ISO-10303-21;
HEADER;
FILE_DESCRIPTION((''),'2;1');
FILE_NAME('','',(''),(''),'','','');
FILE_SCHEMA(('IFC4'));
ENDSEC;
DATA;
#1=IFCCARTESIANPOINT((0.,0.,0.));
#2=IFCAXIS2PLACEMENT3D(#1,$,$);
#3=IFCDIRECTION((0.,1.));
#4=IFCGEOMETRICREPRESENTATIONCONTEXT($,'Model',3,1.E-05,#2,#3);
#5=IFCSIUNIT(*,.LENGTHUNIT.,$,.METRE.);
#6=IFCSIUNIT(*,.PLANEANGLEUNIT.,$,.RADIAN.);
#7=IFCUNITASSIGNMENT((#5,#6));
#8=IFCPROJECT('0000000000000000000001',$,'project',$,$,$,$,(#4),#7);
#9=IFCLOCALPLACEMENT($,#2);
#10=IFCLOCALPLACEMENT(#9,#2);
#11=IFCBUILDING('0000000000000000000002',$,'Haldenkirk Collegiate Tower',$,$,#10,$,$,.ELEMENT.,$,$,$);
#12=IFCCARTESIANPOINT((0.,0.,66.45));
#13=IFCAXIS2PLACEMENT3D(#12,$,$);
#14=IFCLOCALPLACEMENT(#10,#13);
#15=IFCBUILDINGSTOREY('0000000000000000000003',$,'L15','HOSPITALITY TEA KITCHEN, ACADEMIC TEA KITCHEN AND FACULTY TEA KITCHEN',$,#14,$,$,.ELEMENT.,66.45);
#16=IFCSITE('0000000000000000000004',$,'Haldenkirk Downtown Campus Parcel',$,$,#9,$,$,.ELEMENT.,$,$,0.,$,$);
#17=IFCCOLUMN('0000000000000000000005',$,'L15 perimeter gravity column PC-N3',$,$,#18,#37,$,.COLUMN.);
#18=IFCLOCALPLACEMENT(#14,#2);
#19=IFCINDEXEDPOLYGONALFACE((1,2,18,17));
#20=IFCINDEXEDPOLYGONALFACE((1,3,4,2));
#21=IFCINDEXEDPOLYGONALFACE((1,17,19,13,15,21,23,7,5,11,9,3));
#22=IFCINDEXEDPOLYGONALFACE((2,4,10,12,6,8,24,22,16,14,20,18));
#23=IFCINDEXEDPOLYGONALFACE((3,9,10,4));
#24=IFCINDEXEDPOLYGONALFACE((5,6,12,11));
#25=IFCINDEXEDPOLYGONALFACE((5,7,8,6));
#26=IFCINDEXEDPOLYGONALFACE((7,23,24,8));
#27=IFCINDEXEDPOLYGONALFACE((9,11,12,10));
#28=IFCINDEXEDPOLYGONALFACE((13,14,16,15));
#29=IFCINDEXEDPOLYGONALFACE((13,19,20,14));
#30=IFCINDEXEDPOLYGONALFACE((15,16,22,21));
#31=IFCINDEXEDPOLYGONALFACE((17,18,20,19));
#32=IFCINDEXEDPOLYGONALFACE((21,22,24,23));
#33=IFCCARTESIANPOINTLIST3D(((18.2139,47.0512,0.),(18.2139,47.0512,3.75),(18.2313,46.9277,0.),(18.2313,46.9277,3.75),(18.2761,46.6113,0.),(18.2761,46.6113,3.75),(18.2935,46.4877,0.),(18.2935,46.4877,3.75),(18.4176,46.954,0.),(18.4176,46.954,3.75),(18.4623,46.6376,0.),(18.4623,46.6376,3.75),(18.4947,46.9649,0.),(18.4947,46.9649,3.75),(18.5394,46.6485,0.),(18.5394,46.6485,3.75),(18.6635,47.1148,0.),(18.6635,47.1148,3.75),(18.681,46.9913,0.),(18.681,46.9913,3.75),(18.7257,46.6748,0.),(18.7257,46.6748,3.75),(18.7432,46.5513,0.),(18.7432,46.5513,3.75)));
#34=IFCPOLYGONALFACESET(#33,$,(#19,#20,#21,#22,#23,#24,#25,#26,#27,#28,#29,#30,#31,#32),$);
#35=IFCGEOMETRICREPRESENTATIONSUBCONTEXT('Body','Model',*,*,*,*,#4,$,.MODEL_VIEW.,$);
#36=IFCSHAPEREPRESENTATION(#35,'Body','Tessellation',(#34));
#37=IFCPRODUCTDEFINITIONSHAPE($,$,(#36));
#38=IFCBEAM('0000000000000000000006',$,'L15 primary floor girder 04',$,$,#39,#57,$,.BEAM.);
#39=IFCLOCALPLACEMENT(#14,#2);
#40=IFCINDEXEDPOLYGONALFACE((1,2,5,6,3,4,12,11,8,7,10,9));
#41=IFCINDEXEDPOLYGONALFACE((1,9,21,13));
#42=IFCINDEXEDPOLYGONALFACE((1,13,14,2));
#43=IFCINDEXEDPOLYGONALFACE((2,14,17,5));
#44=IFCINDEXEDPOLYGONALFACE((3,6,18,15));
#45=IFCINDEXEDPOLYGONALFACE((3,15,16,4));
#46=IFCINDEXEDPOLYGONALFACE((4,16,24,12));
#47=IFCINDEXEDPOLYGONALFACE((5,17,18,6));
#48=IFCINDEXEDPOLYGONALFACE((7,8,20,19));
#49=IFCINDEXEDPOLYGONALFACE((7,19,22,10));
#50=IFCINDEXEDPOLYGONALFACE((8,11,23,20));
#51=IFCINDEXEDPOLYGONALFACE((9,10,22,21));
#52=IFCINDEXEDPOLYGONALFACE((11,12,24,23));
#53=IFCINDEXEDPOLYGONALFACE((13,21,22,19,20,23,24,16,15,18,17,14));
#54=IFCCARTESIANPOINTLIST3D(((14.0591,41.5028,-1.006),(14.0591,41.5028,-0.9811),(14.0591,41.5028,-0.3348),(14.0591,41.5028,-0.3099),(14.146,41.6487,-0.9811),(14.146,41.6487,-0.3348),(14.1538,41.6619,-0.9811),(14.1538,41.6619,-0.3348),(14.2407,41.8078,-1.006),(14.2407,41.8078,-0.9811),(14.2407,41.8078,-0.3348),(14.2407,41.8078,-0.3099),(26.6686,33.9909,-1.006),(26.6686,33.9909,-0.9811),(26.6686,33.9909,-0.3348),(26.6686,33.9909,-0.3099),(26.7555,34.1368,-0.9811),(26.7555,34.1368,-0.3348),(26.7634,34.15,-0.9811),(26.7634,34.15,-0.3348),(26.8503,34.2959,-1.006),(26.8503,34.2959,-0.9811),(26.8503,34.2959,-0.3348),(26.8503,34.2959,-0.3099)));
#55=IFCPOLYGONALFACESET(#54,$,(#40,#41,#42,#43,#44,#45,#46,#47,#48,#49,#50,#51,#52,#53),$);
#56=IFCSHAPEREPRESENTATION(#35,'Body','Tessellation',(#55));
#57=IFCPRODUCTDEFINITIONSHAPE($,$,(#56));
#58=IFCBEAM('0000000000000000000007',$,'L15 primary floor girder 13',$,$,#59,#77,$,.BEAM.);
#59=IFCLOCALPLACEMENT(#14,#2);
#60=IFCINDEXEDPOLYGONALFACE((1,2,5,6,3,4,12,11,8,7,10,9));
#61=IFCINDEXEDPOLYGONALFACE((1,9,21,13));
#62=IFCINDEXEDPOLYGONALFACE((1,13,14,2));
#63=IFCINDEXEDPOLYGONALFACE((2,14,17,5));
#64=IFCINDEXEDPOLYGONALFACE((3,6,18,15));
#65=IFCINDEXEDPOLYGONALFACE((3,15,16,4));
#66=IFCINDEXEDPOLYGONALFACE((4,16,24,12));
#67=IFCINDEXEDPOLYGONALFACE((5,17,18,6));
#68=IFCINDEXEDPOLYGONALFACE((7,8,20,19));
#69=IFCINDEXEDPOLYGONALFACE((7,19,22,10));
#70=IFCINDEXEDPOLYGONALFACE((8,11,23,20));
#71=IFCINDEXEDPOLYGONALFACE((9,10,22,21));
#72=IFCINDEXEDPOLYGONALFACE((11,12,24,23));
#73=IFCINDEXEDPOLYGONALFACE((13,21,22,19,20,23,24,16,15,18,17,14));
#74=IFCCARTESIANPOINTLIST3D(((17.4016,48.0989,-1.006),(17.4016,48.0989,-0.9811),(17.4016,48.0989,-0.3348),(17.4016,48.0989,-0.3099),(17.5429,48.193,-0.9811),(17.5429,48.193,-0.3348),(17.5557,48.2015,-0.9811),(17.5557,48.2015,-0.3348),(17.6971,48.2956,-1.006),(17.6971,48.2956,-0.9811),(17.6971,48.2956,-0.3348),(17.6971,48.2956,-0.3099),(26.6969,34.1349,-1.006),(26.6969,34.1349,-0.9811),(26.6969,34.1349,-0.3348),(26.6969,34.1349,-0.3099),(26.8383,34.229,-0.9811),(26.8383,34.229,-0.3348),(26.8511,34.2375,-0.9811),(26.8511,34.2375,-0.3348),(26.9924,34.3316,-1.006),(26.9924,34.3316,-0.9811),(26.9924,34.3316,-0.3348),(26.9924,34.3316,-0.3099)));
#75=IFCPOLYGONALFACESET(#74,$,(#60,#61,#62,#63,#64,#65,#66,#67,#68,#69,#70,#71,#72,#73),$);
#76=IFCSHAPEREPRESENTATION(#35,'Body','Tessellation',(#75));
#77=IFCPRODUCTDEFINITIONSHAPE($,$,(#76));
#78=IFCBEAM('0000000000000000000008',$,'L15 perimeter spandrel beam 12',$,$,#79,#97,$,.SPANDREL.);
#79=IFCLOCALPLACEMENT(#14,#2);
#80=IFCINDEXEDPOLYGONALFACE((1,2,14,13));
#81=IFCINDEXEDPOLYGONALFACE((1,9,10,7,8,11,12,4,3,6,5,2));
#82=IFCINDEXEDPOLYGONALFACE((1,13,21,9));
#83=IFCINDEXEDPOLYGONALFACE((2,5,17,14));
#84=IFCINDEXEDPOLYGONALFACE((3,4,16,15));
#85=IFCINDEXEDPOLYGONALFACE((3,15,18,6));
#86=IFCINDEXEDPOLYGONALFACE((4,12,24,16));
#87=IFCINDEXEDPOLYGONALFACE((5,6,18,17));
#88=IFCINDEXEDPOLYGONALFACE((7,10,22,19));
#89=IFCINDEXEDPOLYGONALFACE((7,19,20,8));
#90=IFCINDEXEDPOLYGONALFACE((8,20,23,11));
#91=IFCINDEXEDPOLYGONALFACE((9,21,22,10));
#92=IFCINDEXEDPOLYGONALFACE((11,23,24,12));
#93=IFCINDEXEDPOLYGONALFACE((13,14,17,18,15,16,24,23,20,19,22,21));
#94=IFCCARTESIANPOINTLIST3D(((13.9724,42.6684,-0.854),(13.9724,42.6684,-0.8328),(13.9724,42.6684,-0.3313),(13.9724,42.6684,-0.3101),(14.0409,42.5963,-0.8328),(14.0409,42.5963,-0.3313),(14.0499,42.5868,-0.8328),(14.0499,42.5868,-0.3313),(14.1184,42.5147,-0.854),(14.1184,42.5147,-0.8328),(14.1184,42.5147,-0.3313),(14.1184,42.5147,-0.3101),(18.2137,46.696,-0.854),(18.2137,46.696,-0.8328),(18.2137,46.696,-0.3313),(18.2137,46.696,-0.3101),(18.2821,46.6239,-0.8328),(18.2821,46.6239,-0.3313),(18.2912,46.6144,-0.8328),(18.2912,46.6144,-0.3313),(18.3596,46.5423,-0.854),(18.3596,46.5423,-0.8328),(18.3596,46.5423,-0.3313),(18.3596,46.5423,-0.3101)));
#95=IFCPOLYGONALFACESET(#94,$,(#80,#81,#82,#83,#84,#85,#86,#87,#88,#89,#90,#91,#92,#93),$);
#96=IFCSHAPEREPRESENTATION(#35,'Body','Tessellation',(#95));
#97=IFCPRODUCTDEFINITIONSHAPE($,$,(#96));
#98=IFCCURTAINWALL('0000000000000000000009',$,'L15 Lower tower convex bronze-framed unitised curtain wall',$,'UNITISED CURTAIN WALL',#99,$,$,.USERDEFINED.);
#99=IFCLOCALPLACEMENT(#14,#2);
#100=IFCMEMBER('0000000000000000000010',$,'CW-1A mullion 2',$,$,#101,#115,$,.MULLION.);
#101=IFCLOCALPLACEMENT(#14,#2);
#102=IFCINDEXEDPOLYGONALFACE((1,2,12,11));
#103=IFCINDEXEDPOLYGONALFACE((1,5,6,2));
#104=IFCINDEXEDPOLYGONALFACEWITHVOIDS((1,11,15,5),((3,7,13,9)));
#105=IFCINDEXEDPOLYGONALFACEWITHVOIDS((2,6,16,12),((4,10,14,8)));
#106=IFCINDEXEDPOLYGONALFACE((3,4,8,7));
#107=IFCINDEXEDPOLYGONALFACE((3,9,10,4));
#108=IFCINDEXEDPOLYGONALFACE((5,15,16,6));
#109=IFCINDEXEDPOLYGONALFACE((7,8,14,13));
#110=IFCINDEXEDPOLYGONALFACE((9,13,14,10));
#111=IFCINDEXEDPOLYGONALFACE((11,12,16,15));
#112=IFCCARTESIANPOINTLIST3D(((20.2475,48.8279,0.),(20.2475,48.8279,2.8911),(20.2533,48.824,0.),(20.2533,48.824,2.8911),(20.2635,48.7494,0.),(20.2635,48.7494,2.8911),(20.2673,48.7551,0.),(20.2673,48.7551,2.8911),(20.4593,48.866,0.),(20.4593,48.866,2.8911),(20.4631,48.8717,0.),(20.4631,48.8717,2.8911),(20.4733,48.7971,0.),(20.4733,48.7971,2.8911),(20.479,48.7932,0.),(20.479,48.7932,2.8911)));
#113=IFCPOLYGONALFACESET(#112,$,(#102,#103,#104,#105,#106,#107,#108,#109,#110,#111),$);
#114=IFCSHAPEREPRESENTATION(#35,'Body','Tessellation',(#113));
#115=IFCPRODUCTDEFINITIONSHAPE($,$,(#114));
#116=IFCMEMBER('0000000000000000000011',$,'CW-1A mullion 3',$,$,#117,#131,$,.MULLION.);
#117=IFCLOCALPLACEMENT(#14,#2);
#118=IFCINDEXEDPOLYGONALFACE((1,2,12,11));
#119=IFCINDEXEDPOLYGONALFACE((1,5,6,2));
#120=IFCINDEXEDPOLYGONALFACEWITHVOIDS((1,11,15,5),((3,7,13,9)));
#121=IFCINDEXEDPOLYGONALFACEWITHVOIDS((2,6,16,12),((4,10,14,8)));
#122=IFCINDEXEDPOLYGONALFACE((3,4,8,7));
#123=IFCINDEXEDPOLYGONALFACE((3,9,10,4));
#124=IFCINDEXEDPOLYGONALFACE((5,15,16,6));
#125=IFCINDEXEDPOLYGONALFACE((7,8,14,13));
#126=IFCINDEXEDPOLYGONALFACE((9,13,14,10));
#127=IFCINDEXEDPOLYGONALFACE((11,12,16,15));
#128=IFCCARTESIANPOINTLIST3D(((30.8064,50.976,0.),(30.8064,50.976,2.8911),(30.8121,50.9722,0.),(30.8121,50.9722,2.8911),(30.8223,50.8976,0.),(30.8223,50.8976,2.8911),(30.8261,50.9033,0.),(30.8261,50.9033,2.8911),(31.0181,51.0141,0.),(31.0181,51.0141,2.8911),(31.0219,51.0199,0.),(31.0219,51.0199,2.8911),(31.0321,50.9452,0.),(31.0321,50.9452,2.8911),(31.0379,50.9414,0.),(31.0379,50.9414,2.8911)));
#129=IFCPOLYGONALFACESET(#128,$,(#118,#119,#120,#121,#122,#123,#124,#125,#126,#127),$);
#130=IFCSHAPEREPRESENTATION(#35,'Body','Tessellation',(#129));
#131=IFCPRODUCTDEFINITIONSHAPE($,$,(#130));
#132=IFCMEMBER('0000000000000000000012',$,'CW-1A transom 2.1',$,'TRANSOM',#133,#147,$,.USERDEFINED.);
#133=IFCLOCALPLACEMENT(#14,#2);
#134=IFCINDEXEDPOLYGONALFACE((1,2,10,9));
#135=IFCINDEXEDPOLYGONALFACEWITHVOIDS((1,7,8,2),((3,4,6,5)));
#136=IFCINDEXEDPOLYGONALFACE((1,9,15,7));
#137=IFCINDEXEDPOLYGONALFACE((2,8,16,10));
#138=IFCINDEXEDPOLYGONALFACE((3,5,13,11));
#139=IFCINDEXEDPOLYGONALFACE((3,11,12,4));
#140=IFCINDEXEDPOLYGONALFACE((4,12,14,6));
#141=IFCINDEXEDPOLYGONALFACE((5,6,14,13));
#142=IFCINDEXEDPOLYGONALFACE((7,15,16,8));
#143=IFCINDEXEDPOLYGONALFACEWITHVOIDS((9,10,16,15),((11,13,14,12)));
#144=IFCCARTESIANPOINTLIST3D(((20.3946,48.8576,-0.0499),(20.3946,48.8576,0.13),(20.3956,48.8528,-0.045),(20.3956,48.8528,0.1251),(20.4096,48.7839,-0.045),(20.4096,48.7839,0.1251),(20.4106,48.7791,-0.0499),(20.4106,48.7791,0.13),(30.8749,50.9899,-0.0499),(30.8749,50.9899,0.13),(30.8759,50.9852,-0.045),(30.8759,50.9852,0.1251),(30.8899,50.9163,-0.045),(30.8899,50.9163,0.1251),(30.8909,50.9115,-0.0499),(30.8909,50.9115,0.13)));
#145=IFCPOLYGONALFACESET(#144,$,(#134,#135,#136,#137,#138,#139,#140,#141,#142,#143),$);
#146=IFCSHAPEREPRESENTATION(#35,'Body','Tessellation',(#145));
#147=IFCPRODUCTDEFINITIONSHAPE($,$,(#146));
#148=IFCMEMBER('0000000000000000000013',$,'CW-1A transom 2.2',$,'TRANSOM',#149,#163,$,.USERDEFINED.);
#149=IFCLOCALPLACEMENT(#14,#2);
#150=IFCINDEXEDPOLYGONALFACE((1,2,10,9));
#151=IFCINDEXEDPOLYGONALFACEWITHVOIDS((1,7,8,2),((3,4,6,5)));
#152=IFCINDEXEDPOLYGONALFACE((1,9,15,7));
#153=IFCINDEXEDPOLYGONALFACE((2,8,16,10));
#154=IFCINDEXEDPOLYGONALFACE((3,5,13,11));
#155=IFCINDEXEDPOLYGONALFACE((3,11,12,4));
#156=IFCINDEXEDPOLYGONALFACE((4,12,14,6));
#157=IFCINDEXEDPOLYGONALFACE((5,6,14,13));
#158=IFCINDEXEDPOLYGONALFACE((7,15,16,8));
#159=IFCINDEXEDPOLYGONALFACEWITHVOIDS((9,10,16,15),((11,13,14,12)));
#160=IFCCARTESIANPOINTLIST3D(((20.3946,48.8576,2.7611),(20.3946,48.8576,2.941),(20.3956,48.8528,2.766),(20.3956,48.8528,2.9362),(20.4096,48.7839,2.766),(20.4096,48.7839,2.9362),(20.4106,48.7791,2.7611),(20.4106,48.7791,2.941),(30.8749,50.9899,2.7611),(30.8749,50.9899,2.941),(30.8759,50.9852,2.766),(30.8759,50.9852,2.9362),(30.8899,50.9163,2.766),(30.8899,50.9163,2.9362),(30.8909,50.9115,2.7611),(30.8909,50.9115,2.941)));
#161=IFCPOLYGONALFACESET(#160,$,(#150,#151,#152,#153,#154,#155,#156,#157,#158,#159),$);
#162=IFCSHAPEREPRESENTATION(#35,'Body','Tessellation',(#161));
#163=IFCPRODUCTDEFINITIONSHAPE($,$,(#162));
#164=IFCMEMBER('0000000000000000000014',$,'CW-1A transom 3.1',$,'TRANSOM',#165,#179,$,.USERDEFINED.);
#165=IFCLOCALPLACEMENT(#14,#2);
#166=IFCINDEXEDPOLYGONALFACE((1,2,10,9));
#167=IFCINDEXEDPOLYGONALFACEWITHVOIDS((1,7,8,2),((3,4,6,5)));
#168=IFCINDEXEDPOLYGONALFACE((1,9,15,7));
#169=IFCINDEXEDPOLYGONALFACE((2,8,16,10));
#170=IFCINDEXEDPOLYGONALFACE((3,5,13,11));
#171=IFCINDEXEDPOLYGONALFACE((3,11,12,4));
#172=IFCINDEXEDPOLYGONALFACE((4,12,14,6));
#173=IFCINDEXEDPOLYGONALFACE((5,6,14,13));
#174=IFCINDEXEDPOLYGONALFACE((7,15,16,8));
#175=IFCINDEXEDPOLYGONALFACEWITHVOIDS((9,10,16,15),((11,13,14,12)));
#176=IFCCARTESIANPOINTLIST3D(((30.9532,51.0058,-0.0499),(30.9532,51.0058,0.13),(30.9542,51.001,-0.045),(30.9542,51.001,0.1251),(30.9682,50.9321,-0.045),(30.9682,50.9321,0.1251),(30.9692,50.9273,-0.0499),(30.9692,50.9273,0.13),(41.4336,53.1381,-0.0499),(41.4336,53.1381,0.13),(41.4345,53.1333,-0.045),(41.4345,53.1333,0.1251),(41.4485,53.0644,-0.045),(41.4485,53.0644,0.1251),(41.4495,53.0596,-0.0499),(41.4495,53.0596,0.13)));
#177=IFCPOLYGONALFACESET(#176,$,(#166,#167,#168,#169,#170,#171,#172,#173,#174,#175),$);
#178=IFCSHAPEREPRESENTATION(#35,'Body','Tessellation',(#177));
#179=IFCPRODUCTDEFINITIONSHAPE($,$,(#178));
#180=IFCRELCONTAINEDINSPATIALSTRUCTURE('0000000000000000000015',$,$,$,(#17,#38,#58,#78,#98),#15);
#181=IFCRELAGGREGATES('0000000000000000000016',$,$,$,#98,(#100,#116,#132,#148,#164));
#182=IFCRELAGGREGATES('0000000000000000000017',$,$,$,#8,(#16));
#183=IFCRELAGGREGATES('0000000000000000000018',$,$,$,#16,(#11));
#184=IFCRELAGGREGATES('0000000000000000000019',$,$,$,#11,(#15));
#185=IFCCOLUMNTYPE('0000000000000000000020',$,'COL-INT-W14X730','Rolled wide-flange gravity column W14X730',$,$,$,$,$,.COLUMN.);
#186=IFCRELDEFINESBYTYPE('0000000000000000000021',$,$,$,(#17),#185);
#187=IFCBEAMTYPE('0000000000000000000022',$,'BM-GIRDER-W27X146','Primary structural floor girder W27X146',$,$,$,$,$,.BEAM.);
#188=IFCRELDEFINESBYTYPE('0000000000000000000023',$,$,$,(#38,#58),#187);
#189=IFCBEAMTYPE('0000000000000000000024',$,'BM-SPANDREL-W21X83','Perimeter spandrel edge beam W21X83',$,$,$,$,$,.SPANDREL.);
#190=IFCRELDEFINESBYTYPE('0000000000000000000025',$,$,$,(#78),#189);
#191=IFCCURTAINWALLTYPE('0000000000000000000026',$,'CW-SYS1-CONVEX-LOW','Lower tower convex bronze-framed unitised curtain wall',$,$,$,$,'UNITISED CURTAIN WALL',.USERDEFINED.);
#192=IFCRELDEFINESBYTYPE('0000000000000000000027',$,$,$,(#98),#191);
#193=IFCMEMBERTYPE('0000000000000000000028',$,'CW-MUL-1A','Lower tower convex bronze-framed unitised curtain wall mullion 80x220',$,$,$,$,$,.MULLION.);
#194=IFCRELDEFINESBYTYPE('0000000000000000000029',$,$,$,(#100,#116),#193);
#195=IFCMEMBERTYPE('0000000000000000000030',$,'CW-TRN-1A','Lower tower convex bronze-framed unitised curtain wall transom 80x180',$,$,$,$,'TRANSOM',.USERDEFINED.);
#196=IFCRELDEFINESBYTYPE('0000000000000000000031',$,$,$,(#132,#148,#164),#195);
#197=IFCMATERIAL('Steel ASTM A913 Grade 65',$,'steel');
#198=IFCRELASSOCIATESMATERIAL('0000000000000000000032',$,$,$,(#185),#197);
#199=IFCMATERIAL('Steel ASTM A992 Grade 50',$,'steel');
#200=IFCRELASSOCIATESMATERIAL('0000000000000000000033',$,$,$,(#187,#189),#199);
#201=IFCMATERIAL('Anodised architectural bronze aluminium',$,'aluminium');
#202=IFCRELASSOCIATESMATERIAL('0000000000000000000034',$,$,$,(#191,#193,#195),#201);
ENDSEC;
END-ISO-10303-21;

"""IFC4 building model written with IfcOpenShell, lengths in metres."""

from ifc_helpers import new_model, si_unit, direction, frame, origin, origin_2d, place, context, subcontext, project, spatial, hollow_rectangle, i_section, extrude, material, material_profile, profile_set, type_object, element, aggregate, save


model = new_model("IFC4")

# Units and contexts
model_context = context("Model", 3, precision=1e-05, world=origin(), true_north=direction((0.0, 1.0)))
body_context = subcontext(model_context, "Body", "Model", "MODEL_VIEW")
ifc_project = project(units=[si_unit("LENGTHUNIT", "METRE"), si_unit("PLANEANGLEUNIT", "RADIAN")], contexts=[model_context])

# Site, building, storey
site_placement = place(None, origin())
site = spatial("IfcSite", under=ifc_project, at=site_placement, Name="Haldenkirk Downtown Campus Parcel", CompositionType="ELEMENT", RefElevation=0.0)
building_placement = place(site_placement, origin())
building = spatial("IfcBuilding", under=site, at=building_placement, Name="Haldenkirk Collegiate Tower", CompositionType="ELEMENT")
storey_placement = place(building_placement, frame((0.0, 0.0, 66.45)))
storey = spatial("IfcBuildingStorey", under=building, at=storey_placement, Name="L15", Description="HOSPITALITY TEA KITCHEN, ACADEMIC TEA KITCHEN AND FACULTY TEA KITCHEN", CompositionType="ELEMENT", Elevation=66.45)

# Column
ifc_material_1 = material(Name="Steel ASTM A913 Grade 65", Category="steel")
ifc_material_profile_1 = material_profile(ifc_material_1, i_section(OverallWidth=0.4541, OverallDepth=0.5691, WebThickness=0.0779, FlangeThickness=0.1248, at=origin_2d()), Name="W14X730")
ifc_profile_set_1 = profile_set([ifc_material_profile_1], Name="Steel ASTM A913 Grade 65")
column_type = type_object("IfcColumnType", Name="COL-INT-W14X730", Description="Rolled wide-flange gravity column W14X730", PredefinedType="COLUMN", material=ifc_profile_set_1)
column_placement = place(storey_placement, frame((18.4785, 46.8013, 0.0), z_axis=(0.0, 0.0, 1.0), x_axis=(0.990146, 0.140037, 0.0)))
element("IfcColumn", 1, at=column_placement, inside=storey, type_object=column_type, Name="L15 perimeter gravity column PC-N3", PredefinedType="COLUMN", context=body_context, shape_type="SweptSolid", body=[
    extrude(i_section(OverallWidth=0.4541, OverallDepth=0.5691, WebThickness=0.0779, FlangeThickness=0.1248, at=origin_2d()), origin(), (0.0, 0.0, 1.0), 3.75),
])

# Beams
ifc_material_2 = material(Name="Steel ASTM A992 Grade 50", Category="steel")
ifc_material_profile_2 = material_profile(ifc_material_2, i_section(OverallWidth=0.355, OverallDepth=0.696, WebThickness=0.0154, FlangeThickness=0.0249, at=origin_2d()), Name="W27X146")
ifc_profile_set_2 = profile_set([ifc_material_profile_2], Name="Steel ASTM A992 Grade 50")
beam_type_1 = type_object("IfcBeamType", Name="BM-GIRDER-W27X146", Description="Primary structural floor girder W27X146", PredefinedType="BEAM", material=ifc_profile_set_2)
beam_1_placement = place(storey_placement, frame((14.1499, 41.6553, -0.658), z_axis=(0.859106, -0.511798, 0.0), x_axis=(0.511798, 0.859106, 0.0)))
element("IfcBeam", 2, at=beam_1_placement, inside=storey, type_object=beam_type_1, Name="L15 primary floor girder 04", PredefinedType="BEAM", context=body_context, shape_type="SweptSolid", body=[
    extrude(i_section(OverallWidth=0.355, OverallDepth=0.696, WebThickness=0.0154, FlangeThickness=0.0249, at=origin_2d()), origin(), (0.0, 0.0, 1.0), 14.6775),
])
beam_2_placement = place(storey_placement, frame((17.5493, 48.1973, -0.658), z_axis=(0.554122, -0.832435, 0.0), x_axis=(0.832435, 0.554122, 0.0)))
element("IfcBeam", 3, at=beam_2_placement, inside=storey, type_object=beam_type_1, Name="L15 primary floor girder 13", PredefinedType="BEAM", context=body_context, shape_type="SweptSolid", body=[
    extrude(i_section(OverallWidth=0.355, OverallDepth=0.696, WebThickness=0.0154, FlangeThickness=0.0249, at=origin_2d()), origin(), (0.0, 0.0, 1.0), 16.7749),
])
ifc_material_profile_3 = material_profile(ifc_material_2, i_section(OverallWidth=0.2119, OverallDepth=0.5439, WebThickness=0.0132, FlangeThickness=0.0212, at=origin_2d()), Name="W21X83")
ifc_profile_set_3 = profile_set([ifc_material_profile_3], Name="Steel ASTM A992 Grade 50")
beam_type_2 = type_object("IfcBeamType", Name="BM-SPANDREL-W21X83", Description="Perimeter spandrel edge beam W21X83", PredefinedType="SPANDREL", material=ifc_profile_set_3)
beam_3_placement = place(storey_placement, frame((18.2866, 46.6191, -0.582), z_axis=(-0.725133, -0.688609, 0.0), x_axis=(0.688609, -0.725133, 0.0)))
element("IfcBeam", 4, at=beam_3_placement, inside=storey, type_object=beam_type_2, Name="L15 perimeter spandrel beam 12", PredefinedType="SPANDREL", context=body_context, shape_type="SweptSolid", body=[
    extrude(i_section(OverallWidth=0.2119, OverallDepth=0.5439, WebThickness=0.0132, FlangeThickness=0.0212, at=origin_2d()), origin(), (0.0, 0.0, 1.0), 5.8489),
])

# Curtain wall, members
ifc_material_3 = material(Name="Anodised architectural bronze aluminium", Category="aluminium")
curtain_wall_type = type_object("IfcCurtainWallType", Name="CW-SYS1-CONVEX-LOW", Description="Lower tower convex bronze-framed unitised curtain wall", ElementType="UNITISED CURTAIN WALL", PredefinedType="USERDEFINED", material=ifc_material_3)
curtain_wall_placement = place(storey_placement, origin())
curtain_wall = element("IfcCurtainWall", 5, at=curtain_wall_placement, inside=storey, type_object=curtain_wall_type, Name="L15 Lower tower convex bronze-framed unitised curtain wall", ObjectType="UNITISED CURTAIN WALL", PredefinedType="USERDEFINED")
ifc_material_profile_4 = material_profile(ifc_material_3, hollow_rectangle(XDim=0.0801, YDim=0.22, WallThickness=0.0049, at=origin_2d()), Name="CW-MUL-1A")
ifc_profile_set_4 = profile_set([ifc_material_profile_4], Name="Anodised architectural bronze aluminium")
member_type_1 = type_object("IfcMemberType", Name="CW-MUL-1A", Description="Lower tower convex bronze-framed unitised curtain wall mullion 80x220", PredefinedType="MULLION", material=ifc_profile_set_4)
member_1_placement = place(storey_placement, frame((20.3633, 48.8105, 0.0), z_axis=(0.0, 0.0, 1.0), x_axis=(-0.199369, 0.979925, 0.0)))
member_1 = element("IfcMember", 6, at=member_1_placement, type_object=member_type_1, Name="CW-1A mullion 2", PredefinedType="MULLION", context=body_context, shape_type="SweptSolid", body=[
    extrude(hollow_rectangle(XDim=0.0801, YDim=0.22, WallThickness=0.0049, at=origin_2d()), origin(), (0.0, 0.0, 1.0), 2.8911),
])
member_2_placement = place(storey_placement, frame((30.9221, 50.9587, 0.0), z_axis=(0.0, 0.0, 1.0), x_axis=(-0.199369, 0.979925, 0.0)))
member_2 = element("IfcMember", 7, at=member_2_placement, type_object=member_type_1, Name="CW-1A mullion 3", PredefinedType="MULLION", context=body_context, shape_type="SweptSolid", body=[
    extrude(hollow_rectangle(XDim=0.0801, YDim=0.22, WallThickness=0.0049, at=origin_2d()), origin(), (0.0, 0.0, 1.0), 2.8911),
])
ifc_material_profile_5 = material_profile(ifc_material_3, hollow_rectangle(XDim=0.0801, YDim=0.1799, WallThickness=0.0049, at=origin_2d()), Name="CW-TRN-1A")
ifc_profile_set_5 = profile_set([ifc_material_profile_5], Name="Anodised architectural bronze aluminium")
member_type_2 = type_object("IfcMemberType", Name="CW-TRN-1A", Description="Lower tower convex bronze-framed unitised curtain wall transom 80x180", ElementType="TRANSOM", PredefinedType="USERDEFINED", material=ifc_profile_set_5)
member_3_placement = place(storey_placement, frame((20.4026, 48.8184, 0.04), z_axis=(0.979923, 0.199377, 0.0), x_axis=(-0.199377, 0.979923, 0.0)))
member_3 = element("IfcMember", 8, at=member_3_placement, type_object=member_type_2, Name="CW-1A transom 2.1", ObjectType="TRANSOM", PredefinedType="USERDEFINED", context=body_context, shape_type="SweptSolid", body=[
    extrude(hollow_rectangle(XDim=0.0801, YDim=0.1799, WallThickness=0.0049, at=origin_2d()), origin(), (0.0, 0.0, 1.0), 10.6951),
])
member_4_placement = place(storey_placement, frame((20.4026, 48.8184, 2.8511), z_axis=(0.979923, 0.199377, 0.0), x_axis=(-0.199377, 0.979923, 0.0)))
member_4 = element("IfcMember", 9, at=member_4_placement, type_object=member_type_2, Name="CW-1A transom 2.2", ObjectType="TRANSOM", PredefinedType="USERDEFINED", context=body_context, shape_type="SweptSolid", body=[
    extrude(hollow_rectangle(XDim=0.0801, YDim=0.1799, WallThickness=0.0049, at=origin_2d()), origin(), (0.0, 0.0, 1.0), 10.6951),
])
member_5_placement = place(storey_placement, frame((30.9612, 50.9666, 0.04), z_axis=(0.979924, 0.199372, 0.0), x_axis=(-0.199372, 0.979924, 0.0)))
member_5 = element("IfcMember", 10, at=member_5_placement, type_object=member_type_2, Name="CW-1A transom 3.1", ObjectType="TRANSOM", PredefinedType="USERDEFINED", context=body_context, shape_type="SweptSolid", body=[
    extrude(hollow_rectangle(XDim=0.0801, YDim=0.1799, WallThickness=0.0049, at=origin_2d()), origin(), (0.0, 0.0, 1.0), 10.6951),
])
aggregate(curtain_wall, [member_1, member_2, member_3, member_4, member_5])

save(model, "model.ifc")
